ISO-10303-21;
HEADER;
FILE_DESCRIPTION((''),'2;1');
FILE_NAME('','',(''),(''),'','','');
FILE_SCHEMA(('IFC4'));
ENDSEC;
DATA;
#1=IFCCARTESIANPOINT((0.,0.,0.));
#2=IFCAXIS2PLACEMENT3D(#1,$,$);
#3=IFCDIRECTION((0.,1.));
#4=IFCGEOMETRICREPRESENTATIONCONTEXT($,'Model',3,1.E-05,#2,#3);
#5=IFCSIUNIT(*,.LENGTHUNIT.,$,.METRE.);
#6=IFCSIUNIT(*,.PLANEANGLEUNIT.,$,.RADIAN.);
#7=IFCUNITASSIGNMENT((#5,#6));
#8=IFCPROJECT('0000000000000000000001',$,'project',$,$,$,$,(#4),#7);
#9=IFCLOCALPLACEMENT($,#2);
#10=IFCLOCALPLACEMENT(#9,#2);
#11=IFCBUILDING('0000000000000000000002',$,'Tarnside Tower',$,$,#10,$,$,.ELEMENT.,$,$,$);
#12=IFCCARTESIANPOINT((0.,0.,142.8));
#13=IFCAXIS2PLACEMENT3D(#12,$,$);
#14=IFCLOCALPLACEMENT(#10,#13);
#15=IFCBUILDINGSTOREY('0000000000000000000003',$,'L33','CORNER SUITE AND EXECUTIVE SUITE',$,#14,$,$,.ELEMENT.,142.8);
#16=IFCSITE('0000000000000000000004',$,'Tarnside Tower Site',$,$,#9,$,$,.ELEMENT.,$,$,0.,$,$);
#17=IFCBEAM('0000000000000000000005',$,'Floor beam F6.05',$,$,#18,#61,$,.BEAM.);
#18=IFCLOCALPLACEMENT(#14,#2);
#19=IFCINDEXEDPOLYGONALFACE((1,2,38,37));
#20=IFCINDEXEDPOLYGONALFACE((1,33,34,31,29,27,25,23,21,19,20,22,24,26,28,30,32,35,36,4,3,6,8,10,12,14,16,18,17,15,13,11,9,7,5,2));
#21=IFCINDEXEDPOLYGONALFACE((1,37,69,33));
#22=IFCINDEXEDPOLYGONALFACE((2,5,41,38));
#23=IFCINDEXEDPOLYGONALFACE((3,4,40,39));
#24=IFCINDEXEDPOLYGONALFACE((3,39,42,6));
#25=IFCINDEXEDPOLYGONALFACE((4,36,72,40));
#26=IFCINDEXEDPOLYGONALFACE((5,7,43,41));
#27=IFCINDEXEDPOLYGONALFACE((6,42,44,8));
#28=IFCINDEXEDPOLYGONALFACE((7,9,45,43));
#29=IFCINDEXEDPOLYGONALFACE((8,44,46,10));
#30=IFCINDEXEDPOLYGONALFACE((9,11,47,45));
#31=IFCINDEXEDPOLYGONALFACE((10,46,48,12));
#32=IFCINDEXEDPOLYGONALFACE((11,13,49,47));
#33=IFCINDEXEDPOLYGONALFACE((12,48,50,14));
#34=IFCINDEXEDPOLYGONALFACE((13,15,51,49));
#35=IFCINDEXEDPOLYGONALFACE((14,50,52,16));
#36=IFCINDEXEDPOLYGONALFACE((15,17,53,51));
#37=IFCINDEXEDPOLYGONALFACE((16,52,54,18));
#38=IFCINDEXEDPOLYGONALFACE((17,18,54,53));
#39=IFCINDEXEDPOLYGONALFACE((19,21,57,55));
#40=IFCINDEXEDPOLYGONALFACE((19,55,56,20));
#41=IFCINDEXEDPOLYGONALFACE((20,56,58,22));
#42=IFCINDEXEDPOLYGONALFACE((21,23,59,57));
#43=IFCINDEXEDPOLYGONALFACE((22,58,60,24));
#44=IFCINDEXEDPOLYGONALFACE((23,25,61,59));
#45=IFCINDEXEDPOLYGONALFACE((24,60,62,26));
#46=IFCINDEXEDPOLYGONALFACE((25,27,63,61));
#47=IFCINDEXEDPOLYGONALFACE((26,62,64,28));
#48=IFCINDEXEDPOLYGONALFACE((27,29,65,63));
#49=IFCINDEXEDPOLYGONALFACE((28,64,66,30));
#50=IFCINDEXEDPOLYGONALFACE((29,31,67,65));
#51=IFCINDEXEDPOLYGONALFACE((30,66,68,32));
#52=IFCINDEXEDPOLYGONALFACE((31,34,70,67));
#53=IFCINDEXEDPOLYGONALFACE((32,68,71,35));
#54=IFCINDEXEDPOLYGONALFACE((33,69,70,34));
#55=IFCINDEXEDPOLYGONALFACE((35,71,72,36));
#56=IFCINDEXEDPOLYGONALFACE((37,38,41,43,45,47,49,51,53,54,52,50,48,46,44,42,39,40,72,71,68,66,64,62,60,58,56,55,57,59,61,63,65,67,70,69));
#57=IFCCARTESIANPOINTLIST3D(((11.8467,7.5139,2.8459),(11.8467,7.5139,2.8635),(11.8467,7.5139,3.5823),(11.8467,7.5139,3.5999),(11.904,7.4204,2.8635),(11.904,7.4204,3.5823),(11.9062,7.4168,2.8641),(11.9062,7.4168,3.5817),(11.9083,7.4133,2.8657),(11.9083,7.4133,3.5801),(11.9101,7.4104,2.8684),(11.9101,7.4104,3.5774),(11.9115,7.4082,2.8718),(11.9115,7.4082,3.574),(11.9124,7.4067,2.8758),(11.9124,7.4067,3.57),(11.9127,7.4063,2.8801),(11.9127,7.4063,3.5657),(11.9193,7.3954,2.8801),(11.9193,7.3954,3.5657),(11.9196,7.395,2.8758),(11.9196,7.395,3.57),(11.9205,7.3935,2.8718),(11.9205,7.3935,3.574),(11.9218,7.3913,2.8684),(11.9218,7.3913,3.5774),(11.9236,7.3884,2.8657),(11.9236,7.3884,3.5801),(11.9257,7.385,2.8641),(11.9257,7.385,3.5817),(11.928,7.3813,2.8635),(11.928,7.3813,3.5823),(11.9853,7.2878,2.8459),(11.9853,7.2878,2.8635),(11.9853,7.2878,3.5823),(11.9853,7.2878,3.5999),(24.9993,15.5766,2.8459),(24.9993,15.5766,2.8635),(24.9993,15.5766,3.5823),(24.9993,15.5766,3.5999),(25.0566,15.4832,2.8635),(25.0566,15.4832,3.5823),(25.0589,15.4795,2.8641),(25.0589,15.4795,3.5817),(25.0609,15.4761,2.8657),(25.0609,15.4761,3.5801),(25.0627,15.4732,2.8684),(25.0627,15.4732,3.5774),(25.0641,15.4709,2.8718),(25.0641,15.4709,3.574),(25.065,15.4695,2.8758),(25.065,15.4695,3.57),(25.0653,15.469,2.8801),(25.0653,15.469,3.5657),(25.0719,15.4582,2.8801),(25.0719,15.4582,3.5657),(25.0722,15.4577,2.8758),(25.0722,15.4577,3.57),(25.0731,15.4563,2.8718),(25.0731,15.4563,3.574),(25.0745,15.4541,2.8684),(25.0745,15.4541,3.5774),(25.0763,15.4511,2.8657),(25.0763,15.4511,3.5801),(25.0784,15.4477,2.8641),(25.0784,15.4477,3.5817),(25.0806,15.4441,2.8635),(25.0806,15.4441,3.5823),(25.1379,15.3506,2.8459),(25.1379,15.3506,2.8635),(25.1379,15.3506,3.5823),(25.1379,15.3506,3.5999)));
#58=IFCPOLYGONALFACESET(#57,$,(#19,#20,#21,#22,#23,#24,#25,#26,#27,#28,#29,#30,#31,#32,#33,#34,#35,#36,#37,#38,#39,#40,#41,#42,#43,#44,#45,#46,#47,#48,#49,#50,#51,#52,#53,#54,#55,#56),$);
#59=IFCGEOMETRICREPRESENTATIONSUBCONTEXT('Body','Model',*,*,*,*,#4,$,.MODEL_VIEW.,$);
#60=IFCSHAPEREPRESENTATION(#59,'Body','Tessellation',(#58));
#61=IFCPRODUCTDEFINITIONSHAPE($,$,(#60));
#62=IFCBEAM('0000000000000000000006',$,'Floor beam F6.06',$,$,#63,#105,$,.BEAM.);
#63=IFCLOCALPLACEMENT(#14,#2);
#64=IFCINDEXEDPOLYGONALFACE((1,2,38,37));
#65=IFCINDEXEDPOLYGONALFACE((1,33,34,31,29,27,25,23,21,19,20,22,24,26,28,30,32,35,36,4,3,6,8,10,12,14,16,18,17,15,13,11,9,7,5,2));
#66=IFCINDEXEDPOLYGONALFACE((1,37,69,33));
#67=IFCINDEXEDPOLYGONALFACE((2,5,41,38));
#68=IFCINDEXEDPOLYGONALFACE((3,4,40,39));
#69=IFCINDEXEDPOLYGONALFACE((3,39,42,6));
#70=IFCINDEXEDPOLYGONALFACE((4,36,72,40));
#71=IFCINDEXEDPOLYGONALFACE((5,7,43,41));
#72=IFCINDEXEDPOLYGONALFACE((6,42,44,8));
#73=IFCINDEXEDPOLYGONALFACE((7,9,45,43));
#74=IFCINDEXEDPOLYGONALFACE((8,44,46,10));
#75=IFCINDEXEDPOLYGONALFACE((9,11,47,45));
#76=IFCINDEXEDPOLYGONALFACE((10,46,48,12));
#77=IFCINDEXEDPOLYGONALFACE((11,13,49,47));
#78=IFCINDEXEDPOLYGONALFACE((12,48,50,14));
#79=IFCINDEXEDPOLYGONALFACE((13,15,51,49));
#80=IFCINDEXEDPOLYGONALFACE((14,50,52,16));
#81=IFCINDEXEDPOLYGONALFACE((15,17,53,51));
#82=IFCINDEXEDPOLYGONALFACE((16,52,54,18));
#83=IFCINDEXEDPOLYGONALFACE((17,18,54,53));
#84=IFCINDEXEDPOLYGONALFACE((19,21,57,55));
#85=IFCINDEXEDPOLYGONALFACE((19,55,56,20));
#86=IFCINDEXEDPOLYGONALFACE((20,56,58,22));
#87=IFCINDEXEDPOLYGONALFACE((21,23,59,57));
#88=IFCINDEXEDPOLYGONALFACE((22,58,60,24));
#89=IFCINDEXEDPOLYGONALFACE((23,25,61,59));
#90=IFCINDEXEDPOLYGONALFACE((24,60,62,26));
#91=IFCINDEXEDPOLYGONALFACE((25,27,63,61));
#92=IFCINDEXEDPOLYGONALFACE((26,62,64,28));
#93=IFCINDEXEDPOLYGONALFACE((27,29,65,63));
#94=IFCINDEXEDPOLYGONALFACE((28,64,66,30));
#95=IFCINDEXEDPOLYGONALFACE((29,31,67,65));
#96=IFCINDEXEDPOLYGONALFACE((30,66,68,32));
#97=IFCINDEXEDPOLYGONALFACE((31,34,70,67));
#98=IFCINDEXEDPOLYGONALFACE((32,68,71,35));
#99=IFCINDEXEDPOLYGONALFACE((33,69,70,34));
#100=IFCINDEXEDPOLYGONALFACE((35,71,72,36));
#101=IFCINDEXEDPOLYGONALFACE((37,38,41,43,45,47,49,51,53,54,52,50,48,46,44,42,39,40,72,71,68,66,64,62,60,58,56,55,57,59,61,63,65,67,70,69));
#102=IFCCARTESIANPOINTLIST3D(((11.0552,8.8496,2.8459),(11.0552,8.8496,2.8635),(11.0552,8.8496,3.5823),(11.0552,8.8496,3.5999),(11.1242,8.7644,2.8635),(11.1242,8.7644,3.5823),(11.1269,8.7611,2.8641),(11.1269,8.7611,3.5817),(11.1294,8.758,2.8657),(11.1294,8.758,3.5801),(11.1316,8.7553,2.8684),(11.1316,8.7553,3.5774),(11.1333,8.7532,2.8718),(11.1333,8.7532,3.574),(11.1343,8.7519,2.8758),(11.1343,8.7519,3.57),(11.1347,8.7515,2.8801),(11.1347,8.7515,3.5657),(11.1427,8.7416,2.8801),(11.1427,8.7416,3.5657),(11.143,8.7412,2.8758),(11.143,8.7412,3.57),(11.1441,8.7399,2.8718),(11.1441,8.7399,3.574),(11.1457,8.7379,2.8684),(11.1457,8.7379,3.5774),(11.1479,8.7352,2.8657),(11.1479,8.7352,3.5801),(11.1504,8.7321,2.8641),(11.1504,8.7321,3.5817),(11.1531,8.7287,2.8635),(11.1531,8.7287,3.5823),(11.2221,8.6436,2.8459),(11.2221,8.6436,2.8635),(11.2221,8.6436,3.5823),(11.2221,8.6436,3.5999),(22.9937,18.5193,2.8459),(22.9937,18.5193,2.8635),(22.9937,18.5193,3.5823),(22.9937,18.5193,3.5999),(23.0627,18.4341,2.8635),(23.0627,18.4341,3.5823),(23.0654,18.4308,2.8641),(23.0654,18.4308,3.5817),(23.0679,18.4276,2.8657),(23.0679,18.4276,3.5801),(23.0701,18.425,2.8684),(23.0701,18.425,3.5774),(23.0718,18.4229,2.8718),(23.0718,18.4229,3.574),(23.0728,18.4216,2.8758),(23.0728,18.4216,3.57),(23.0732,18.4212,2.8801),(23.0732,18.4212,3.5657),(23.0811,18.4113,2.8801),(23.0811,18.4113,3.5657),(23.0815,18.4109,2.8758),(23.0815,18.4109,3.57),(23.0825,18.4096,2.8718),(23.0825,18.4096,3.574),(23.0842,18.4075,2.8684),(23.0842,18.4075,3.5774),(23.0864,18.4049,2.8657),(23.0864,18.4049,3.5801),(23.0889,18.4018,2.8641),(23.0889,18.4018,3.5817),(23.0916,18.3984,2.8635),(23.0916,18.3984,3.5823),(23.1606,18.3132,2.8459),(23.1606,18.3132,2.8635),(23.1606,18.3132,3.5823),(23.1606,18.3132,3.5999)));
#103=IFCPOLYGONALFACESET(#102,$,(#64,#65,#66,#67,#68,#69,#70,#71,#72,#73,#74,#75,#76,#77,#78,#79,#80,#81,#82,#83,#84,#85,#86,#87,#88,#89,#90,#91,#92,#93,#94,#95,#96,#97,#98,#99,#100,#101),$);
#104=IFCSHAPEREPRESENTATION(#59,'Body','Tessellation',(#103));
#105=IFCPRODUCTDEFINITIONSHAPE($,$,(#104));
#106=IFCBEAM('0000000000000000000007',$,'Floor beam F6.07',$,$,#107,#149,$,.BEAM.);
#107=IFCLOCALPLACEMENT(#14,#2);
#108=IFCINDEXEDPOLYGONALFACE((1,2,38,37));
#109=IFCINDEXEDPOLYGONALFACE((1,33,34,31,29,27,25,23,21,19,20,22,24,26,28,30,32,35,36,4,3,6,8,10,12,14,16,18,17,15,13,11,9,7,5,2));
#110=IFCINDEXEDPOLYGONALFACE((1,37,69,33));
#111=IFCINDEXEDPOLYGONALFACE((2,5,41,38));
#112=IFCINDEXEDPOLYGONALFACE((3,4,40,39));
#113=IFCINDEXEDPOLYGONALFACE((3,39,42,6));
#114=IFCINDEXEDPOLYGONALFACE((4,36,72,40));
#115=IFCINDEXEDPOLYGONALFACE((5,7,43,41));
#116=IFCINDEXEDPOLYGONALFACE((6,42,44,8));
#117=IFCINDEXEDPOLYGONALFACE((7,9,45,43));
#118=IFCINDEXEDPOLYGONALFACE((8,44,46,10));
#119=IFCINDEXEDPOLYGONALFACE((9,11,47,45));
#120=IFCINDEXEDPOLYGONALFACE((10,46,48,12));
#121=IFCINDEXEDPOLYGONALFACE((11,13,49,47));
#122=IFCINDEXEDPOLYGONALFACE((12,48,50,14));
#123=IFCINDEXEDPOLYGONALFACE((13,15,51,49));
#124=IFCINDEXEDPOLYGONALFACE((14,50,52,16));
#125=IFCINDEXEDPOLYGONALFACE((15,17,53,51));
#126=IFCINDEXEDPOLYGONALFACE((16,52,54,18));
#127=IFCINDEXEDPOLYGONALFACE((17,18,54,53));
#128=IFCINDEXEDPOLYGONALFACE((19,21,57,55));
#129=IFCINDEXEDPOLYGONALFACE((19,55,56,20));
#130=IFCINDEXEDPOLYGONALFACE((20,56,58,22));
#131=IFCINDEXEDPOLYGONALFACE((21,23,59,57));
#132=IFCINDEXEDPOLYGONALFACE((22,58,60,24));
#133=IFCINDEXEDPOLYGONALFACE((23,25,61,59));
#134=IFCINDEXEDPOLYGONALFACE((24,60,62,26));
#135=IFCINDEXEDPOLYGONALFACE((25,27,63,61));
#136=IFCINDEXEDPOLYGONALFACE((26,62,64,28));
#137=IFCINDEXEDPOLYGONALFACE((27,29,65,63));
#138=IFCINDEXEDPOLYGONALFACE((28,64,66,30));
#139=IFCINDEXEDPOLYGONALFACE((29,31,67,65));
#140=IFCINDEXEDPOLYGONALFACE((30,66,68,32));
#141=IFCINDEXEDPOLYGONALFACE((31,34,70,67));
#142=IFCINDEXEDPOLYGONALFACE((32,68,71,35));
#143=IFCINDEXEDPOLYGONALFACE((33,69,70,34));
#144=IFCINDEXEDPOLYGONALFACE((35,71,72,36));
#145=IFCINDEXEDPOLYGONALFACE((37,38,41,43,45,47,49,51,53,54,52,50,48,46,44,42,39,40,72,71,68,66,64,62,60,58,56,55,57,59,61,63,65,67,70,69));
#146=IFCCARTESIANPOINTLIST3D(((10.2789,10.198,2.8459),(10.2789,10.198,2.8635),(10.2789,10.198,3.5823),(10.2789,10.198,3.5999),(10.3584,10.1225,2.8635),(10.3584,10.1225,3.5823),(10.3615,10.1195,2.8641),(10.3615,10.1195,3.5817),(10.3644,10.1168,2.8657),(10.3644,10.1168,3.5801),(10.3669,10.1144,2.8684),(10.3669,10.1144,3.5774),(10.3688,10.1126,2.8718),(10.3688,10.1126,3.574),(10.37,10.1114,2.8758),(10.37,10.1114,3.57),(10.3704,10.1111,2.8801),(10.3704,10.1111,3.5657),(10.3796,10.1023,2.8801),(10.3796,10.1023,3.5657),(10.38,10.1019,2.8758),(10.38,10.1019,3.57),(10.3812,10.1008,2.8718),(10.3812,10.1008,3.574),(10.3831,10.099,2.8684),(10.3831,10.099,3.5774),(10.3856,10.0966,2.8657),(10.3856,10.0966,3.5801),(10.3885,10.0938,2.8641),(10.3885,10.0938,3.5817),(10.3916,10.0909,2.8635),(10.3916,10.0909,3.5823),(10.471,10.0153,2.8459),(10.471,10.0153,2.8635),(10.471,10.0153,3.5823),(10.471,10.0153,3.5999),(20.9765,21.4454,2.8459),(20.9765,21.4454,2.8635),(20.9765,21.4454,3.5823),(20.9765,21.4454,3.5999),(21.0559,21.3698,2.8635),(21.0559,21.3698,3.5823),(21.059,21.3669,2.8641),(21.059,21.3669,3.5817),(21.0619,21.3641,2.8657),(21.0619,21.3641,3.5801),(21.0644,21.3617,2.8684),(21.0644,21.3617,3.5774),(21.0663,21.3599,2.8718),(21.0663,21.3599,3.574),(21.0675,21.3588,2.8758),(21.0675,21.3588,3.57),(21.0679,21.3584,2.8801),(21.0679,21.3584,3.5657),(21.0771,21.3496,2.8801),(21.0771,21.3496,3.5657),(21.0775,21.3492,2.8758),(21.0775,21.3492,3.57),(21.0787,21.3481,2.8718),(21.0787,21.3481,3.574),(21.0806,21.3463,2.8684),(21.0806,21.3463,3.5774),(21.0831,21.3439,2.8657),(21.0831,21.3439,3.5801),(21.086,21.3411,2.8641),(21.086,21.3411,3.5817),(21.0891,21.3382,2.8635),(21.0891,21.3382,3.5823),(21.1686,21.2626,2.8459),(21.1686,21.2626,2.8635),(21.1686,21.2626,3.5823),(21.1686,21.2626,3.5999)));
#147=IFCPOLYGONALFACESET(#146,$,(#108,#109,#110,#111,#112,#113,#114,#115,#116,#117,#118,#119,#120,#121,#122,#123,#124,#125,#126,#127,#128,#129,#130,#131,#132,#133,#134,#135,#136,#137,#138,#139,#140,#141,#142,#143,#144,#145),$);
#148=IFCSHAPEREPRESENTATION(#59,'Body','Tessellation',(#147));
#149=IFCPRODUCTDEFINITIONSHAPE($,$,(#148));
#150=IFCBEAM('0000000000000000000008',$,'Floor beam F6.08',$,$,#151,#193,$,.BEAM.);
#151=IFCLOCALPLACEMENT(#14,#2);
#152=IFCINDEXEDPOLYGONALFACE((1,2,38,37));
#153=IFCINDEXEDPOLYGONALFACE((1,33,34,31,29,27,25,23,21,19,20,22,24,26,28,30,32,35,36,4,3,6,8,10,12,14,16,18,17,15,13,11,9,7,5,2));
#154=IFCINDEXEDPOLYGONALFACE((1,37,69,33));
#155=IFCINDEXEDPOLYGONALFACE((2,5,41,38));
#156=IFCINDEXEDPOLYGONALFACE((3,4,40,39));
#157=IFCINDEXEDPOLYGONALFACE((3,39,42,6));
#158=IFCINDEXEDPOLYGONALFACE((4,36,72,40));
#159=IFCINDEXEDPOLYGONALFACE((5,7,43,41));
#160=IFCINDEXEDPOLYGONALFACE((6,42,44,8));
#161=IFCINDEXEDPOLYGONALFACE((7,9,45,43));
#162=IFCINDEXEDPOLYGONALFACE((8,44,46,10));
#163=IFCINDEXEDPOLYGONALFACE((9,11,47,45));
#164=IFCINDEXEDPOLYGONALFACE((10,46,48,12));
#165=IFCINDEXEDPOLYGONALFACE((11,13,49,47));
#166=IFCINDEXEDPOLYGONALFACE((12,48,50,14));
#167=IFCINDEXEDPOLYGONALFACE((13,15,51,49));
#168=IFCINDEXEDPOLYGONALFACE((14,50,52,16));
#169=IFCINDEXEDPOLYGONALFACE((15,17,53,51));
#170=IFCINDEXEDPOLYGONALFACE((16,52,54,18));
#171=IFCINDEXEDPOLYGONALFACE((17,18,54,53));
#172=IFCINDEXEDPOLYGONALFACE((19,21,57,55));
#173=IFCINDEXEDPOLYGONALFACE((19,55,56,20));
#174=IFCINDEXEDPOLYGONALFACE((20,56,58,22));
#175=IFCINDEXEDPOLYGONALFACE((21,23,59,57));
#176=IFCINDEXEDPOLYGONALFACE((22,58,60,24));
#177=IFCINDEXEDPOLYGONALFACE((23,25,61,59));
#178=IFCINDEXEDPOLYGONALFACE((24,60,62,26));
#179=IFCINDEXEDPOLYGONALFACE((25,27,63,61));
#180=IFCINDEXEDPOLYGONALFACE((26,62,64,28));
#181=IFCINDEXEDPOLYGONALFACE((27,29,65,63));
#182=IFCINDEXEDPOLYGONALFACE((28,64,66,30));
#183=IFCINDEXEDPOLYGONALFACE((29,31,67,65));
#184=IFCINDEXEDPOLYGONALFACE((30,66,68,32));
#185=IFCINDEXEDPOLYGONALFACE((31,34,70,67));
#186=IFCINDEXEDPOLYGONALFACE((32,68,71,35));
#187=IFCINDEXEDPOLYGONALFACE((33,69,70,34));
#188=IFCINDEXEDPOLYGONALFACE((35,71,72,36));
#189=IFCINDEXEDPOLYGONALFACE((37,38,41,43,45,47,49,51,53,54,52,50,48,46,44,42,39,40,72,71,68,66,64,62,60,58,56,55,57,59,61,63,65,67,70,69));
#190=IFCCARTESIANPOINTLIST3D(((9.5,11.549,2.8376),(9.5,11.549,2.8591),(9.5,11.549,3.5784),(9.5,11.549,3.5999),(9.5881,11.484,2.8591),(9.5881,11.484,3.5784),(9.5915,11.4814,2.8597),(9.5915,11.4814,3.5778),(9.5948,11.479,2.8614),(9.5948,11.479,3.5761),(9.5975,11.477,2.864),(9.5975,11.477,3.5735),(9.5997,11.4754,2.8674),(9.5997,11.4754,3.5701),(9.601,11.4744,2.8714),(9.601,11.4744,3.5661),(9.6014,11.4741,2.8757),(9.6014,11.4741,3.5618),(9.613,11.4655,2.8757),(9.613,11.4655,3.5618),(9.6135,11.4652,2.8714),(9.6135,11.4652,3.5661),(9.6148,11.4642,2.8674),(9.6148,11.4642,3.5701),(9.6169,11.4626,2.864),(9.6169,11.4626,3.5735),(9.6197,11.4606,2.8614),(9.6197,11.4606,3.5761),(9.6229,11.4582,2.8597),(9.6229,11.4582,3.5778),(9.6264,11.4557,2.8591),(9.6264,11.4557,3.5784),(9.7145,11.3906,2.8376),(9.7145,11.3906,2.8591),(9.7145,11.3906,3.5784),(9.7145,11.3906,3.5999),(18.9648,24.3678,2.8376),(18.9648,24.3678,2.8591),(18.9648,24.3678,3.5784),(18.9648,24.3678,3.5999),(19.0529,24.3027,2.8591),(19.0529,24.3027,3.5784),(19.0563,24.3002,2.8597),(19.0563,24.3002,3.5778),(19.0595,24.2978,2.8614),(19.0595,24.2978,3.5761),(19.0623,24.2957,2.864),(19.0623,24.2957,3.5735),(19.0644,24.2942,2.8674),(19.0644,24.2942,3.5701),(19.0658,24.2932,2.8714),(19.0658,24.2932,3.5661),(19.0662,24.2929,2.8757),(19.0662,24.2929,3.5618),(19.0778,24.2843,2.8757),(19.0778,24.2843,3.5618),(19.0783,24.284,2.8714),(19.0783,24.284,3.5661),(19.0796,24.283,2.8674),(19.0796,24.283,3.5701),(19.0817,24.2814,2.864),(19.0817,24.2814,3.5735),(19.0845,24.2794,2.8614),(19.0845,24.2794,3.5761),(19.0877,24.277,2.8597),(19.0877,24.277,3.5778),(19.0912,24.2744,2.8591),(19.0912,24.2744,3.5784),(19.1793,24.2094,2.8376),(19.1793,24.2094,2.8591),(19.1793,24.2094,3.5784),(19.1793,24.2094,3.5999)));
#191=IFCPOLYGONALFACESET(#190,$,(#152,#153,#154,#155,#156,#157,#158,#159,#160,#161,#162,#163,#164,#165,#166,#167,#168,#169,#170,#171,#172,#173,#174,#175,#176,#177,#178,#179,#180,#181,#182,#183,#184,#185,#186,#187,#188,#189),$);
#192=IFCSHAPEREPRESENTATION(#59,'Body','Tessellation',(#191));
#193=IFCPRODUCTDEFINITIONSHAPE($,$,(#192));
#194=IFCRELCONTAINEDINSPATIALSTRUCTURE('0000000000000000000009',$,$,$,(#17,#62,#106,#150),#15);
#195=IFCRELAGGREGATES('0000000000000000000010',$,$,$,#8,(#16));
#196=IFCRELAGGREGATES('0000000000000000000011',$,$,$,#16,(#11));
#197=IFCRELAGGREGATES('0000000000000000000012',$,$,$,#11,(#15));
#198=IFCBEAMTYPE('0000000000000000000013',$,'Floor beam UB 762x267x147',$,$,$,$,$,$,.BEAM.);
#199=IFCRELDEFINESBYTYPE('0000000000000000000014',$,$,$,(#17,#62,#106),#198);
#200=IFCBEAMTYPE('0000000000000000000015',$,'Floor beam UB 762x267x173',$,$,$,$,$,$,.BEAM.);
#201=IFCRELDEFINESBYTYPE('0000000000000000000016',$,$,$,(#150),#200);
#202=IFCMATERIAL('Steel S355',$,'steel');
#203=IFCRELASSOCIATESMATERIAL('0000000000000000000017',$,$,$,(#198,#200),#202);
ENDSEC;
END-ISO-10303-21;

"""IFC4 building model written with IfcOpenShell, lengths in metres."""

from ifc_helpers import new_model, si_unit, direction, frame, origin, origin_2d, place, context, subcontext, project, spatial, i_section, extrude, material, material_profile, profile_set, type_object, element, save


model = new_model("IFC4")

# Units and contexts
model_context = context("Model", 3, precision=1e-05, world=origin(), true_north=direction((0.0, 1.0)))
body_context = subcontext(model_context, "Body", "Model", "MODEL_VIEW")
ifc_project = project(units=[si_unit("LENGTHUNIT", "METRE"), si_unit("PLANEANGLEUNIT", "RADIAN")], contexts=[model_context])

# Site, building, storey
site_placement = place(None, origin())
site = spatial("IfcSite", under=ifc_project, at=site_placement, Name="Tarnside Tower Site", CompositionType="ELEMENT", RefElevation=0.0)
building_placement = place(site_placement, origin())
building = spatial("IfcBuilding", under=site, at=building_placement, Name="Tarnside Tower", CompositionType="ELEMENT")
storey_placement = place(building_placement, frame((0.0, 0.0, 142.8)))
storey = spatial("IfcBuildingStorey", under=building, at=storey_placement, Name="L33", Description="CORNER SUITE AND EXECUTIVE SUITE", CompositionType="ELEMENT", Elevation=142.8)

# Beams
ifc_material_1 = material(Name="Steel S355", Category="steel")
ifc_material_profile_1 = material_profile(ifc_material_1, i_section(OverallWidth=0.2651, OverallDepth=0.7539, WebThickness=0.0127, FlangeThickness=0.0176, FilletRadius=0.0166, at=origin_2d()), Name="UB 762x267x147")
ifc_profile_set_1 = profile_set([ifc_material_profile_1], Name="Steel S355")
beam_type_1 = type_object("IfcBeamType", Name="Floor beam UB 762x267x147", PredefinedType="BEAM", material=ifc_profile_set_1)
beam_1_placement = place(storey_placement, frame((25.0686, 15.4636, 3.2229), z_axis=(-0.852558, -0.522632, 0.0), x_axis=(0.522632, -0.852558, 0.0)))
element("IfcBeam", 1, at=beam_1_placement, inside=storey, type_object=beam_type_1, Name="Floor beam F6.05", PredefinedType="BEAM", context=body_context, shape_type="SweptSolid", body=[
    extrude(i_section(OverallWidth=0.2651, OverallDepth=0.7539, WebThickness=0.0127, FlangeThickness=0.0176, FilletRadius=0.0166, at=origin_2d()), origin(), (0.0, 0.0, 1.0), 15.4272),
])
beam_2_placement = place(storey_placement, frame((23.0771, 18.4163, 3.2229), z_axis=(-0.777079, -0.629403, 0.0), x_axis=(0.629403, -0.777079, 0.0)))
element("IfcBeam", 2, at=beam_2_placement, inside=storey, type_object=beam_type_1, Name="Floor beam F6.06", PredefinedType="BEAM", context=body_context, shape_type="SweptSolid", body=[
    extrude(i_section(OverallWidth=0.2651, OverallDepth=0.7539, WebThickness=0.0127, FlangeThickness=0.0176, FilletRadius=0.0166, at=origin_2d()), origin(), (0.0, 0.0, 1.0), 15.3633),
])
beam_3_placement = place(storey_placement, frame((21.0725, 21.354, 3.2229), z_axis=(-0.689175, -0.724595, 0.0), x_axis=(0.724595, -0.689175, 0.0)))
element("IfcBeam", 3, at=beam_3_placement, inside=storey, type_object=beam_type_1, Name="Floor beam F6.07", PredefinedType="BEAM", context=body_context, shape_type="SweptSolid", body=[
    extrude(i_section(OverallWidth=0.2651, OverallDepth=0.7539, WebThickness=0.0127, FlangeThickness=0.0176, FilletRadius=0.0166, at=origin_2d()), origin(), (0.0, 0.0, 1.0), 15.5222),
])
ifc_material_profile_2 = material_profile(ifc_material_1, i_section(OverallWidth=0.2666, OverallDepth=0.7622, WebThickness=0.0144, FlangeThickness=0.0215, FilletRadius=0.0166, at=origin_2d()), Name="UB 762x267x173")
ifc_profile_set_2 = profile_set([ifc_material_profile_2], Name="Steel S355")
beam_type_2 = type_object("IfcBeamType", Name="Floor beam UB 762x267x173", PredefinedType="BEAM", material=ifc_profile_set_2)
beam_4_placement = place(storey_placement, frame((19.072, 24.2886, 3.2188), z_axis=(-0.593987, -0.804475, 0.0), x_axis=(0.804475, -0.593987, 0.0)))
element("IfcBeam", 4, at=beam_4_placement, inside=storey, type_object=beam_type_2, Name="Floor beam F6.08", PredefinedType="BEAM", context=body_context, shape_type="SweptSolid", body=[
    extrude(i_section(OverallWidth=0.2666, OverallDepth=0.7622, WebThickness=0.0144, FlangeThickness=0.0215, FilletRadius=0.0166, at=origin_2d()), origin(), (0.0, 0.0, 1.0), 15.9343),
])

save(model, "model.ifc")
